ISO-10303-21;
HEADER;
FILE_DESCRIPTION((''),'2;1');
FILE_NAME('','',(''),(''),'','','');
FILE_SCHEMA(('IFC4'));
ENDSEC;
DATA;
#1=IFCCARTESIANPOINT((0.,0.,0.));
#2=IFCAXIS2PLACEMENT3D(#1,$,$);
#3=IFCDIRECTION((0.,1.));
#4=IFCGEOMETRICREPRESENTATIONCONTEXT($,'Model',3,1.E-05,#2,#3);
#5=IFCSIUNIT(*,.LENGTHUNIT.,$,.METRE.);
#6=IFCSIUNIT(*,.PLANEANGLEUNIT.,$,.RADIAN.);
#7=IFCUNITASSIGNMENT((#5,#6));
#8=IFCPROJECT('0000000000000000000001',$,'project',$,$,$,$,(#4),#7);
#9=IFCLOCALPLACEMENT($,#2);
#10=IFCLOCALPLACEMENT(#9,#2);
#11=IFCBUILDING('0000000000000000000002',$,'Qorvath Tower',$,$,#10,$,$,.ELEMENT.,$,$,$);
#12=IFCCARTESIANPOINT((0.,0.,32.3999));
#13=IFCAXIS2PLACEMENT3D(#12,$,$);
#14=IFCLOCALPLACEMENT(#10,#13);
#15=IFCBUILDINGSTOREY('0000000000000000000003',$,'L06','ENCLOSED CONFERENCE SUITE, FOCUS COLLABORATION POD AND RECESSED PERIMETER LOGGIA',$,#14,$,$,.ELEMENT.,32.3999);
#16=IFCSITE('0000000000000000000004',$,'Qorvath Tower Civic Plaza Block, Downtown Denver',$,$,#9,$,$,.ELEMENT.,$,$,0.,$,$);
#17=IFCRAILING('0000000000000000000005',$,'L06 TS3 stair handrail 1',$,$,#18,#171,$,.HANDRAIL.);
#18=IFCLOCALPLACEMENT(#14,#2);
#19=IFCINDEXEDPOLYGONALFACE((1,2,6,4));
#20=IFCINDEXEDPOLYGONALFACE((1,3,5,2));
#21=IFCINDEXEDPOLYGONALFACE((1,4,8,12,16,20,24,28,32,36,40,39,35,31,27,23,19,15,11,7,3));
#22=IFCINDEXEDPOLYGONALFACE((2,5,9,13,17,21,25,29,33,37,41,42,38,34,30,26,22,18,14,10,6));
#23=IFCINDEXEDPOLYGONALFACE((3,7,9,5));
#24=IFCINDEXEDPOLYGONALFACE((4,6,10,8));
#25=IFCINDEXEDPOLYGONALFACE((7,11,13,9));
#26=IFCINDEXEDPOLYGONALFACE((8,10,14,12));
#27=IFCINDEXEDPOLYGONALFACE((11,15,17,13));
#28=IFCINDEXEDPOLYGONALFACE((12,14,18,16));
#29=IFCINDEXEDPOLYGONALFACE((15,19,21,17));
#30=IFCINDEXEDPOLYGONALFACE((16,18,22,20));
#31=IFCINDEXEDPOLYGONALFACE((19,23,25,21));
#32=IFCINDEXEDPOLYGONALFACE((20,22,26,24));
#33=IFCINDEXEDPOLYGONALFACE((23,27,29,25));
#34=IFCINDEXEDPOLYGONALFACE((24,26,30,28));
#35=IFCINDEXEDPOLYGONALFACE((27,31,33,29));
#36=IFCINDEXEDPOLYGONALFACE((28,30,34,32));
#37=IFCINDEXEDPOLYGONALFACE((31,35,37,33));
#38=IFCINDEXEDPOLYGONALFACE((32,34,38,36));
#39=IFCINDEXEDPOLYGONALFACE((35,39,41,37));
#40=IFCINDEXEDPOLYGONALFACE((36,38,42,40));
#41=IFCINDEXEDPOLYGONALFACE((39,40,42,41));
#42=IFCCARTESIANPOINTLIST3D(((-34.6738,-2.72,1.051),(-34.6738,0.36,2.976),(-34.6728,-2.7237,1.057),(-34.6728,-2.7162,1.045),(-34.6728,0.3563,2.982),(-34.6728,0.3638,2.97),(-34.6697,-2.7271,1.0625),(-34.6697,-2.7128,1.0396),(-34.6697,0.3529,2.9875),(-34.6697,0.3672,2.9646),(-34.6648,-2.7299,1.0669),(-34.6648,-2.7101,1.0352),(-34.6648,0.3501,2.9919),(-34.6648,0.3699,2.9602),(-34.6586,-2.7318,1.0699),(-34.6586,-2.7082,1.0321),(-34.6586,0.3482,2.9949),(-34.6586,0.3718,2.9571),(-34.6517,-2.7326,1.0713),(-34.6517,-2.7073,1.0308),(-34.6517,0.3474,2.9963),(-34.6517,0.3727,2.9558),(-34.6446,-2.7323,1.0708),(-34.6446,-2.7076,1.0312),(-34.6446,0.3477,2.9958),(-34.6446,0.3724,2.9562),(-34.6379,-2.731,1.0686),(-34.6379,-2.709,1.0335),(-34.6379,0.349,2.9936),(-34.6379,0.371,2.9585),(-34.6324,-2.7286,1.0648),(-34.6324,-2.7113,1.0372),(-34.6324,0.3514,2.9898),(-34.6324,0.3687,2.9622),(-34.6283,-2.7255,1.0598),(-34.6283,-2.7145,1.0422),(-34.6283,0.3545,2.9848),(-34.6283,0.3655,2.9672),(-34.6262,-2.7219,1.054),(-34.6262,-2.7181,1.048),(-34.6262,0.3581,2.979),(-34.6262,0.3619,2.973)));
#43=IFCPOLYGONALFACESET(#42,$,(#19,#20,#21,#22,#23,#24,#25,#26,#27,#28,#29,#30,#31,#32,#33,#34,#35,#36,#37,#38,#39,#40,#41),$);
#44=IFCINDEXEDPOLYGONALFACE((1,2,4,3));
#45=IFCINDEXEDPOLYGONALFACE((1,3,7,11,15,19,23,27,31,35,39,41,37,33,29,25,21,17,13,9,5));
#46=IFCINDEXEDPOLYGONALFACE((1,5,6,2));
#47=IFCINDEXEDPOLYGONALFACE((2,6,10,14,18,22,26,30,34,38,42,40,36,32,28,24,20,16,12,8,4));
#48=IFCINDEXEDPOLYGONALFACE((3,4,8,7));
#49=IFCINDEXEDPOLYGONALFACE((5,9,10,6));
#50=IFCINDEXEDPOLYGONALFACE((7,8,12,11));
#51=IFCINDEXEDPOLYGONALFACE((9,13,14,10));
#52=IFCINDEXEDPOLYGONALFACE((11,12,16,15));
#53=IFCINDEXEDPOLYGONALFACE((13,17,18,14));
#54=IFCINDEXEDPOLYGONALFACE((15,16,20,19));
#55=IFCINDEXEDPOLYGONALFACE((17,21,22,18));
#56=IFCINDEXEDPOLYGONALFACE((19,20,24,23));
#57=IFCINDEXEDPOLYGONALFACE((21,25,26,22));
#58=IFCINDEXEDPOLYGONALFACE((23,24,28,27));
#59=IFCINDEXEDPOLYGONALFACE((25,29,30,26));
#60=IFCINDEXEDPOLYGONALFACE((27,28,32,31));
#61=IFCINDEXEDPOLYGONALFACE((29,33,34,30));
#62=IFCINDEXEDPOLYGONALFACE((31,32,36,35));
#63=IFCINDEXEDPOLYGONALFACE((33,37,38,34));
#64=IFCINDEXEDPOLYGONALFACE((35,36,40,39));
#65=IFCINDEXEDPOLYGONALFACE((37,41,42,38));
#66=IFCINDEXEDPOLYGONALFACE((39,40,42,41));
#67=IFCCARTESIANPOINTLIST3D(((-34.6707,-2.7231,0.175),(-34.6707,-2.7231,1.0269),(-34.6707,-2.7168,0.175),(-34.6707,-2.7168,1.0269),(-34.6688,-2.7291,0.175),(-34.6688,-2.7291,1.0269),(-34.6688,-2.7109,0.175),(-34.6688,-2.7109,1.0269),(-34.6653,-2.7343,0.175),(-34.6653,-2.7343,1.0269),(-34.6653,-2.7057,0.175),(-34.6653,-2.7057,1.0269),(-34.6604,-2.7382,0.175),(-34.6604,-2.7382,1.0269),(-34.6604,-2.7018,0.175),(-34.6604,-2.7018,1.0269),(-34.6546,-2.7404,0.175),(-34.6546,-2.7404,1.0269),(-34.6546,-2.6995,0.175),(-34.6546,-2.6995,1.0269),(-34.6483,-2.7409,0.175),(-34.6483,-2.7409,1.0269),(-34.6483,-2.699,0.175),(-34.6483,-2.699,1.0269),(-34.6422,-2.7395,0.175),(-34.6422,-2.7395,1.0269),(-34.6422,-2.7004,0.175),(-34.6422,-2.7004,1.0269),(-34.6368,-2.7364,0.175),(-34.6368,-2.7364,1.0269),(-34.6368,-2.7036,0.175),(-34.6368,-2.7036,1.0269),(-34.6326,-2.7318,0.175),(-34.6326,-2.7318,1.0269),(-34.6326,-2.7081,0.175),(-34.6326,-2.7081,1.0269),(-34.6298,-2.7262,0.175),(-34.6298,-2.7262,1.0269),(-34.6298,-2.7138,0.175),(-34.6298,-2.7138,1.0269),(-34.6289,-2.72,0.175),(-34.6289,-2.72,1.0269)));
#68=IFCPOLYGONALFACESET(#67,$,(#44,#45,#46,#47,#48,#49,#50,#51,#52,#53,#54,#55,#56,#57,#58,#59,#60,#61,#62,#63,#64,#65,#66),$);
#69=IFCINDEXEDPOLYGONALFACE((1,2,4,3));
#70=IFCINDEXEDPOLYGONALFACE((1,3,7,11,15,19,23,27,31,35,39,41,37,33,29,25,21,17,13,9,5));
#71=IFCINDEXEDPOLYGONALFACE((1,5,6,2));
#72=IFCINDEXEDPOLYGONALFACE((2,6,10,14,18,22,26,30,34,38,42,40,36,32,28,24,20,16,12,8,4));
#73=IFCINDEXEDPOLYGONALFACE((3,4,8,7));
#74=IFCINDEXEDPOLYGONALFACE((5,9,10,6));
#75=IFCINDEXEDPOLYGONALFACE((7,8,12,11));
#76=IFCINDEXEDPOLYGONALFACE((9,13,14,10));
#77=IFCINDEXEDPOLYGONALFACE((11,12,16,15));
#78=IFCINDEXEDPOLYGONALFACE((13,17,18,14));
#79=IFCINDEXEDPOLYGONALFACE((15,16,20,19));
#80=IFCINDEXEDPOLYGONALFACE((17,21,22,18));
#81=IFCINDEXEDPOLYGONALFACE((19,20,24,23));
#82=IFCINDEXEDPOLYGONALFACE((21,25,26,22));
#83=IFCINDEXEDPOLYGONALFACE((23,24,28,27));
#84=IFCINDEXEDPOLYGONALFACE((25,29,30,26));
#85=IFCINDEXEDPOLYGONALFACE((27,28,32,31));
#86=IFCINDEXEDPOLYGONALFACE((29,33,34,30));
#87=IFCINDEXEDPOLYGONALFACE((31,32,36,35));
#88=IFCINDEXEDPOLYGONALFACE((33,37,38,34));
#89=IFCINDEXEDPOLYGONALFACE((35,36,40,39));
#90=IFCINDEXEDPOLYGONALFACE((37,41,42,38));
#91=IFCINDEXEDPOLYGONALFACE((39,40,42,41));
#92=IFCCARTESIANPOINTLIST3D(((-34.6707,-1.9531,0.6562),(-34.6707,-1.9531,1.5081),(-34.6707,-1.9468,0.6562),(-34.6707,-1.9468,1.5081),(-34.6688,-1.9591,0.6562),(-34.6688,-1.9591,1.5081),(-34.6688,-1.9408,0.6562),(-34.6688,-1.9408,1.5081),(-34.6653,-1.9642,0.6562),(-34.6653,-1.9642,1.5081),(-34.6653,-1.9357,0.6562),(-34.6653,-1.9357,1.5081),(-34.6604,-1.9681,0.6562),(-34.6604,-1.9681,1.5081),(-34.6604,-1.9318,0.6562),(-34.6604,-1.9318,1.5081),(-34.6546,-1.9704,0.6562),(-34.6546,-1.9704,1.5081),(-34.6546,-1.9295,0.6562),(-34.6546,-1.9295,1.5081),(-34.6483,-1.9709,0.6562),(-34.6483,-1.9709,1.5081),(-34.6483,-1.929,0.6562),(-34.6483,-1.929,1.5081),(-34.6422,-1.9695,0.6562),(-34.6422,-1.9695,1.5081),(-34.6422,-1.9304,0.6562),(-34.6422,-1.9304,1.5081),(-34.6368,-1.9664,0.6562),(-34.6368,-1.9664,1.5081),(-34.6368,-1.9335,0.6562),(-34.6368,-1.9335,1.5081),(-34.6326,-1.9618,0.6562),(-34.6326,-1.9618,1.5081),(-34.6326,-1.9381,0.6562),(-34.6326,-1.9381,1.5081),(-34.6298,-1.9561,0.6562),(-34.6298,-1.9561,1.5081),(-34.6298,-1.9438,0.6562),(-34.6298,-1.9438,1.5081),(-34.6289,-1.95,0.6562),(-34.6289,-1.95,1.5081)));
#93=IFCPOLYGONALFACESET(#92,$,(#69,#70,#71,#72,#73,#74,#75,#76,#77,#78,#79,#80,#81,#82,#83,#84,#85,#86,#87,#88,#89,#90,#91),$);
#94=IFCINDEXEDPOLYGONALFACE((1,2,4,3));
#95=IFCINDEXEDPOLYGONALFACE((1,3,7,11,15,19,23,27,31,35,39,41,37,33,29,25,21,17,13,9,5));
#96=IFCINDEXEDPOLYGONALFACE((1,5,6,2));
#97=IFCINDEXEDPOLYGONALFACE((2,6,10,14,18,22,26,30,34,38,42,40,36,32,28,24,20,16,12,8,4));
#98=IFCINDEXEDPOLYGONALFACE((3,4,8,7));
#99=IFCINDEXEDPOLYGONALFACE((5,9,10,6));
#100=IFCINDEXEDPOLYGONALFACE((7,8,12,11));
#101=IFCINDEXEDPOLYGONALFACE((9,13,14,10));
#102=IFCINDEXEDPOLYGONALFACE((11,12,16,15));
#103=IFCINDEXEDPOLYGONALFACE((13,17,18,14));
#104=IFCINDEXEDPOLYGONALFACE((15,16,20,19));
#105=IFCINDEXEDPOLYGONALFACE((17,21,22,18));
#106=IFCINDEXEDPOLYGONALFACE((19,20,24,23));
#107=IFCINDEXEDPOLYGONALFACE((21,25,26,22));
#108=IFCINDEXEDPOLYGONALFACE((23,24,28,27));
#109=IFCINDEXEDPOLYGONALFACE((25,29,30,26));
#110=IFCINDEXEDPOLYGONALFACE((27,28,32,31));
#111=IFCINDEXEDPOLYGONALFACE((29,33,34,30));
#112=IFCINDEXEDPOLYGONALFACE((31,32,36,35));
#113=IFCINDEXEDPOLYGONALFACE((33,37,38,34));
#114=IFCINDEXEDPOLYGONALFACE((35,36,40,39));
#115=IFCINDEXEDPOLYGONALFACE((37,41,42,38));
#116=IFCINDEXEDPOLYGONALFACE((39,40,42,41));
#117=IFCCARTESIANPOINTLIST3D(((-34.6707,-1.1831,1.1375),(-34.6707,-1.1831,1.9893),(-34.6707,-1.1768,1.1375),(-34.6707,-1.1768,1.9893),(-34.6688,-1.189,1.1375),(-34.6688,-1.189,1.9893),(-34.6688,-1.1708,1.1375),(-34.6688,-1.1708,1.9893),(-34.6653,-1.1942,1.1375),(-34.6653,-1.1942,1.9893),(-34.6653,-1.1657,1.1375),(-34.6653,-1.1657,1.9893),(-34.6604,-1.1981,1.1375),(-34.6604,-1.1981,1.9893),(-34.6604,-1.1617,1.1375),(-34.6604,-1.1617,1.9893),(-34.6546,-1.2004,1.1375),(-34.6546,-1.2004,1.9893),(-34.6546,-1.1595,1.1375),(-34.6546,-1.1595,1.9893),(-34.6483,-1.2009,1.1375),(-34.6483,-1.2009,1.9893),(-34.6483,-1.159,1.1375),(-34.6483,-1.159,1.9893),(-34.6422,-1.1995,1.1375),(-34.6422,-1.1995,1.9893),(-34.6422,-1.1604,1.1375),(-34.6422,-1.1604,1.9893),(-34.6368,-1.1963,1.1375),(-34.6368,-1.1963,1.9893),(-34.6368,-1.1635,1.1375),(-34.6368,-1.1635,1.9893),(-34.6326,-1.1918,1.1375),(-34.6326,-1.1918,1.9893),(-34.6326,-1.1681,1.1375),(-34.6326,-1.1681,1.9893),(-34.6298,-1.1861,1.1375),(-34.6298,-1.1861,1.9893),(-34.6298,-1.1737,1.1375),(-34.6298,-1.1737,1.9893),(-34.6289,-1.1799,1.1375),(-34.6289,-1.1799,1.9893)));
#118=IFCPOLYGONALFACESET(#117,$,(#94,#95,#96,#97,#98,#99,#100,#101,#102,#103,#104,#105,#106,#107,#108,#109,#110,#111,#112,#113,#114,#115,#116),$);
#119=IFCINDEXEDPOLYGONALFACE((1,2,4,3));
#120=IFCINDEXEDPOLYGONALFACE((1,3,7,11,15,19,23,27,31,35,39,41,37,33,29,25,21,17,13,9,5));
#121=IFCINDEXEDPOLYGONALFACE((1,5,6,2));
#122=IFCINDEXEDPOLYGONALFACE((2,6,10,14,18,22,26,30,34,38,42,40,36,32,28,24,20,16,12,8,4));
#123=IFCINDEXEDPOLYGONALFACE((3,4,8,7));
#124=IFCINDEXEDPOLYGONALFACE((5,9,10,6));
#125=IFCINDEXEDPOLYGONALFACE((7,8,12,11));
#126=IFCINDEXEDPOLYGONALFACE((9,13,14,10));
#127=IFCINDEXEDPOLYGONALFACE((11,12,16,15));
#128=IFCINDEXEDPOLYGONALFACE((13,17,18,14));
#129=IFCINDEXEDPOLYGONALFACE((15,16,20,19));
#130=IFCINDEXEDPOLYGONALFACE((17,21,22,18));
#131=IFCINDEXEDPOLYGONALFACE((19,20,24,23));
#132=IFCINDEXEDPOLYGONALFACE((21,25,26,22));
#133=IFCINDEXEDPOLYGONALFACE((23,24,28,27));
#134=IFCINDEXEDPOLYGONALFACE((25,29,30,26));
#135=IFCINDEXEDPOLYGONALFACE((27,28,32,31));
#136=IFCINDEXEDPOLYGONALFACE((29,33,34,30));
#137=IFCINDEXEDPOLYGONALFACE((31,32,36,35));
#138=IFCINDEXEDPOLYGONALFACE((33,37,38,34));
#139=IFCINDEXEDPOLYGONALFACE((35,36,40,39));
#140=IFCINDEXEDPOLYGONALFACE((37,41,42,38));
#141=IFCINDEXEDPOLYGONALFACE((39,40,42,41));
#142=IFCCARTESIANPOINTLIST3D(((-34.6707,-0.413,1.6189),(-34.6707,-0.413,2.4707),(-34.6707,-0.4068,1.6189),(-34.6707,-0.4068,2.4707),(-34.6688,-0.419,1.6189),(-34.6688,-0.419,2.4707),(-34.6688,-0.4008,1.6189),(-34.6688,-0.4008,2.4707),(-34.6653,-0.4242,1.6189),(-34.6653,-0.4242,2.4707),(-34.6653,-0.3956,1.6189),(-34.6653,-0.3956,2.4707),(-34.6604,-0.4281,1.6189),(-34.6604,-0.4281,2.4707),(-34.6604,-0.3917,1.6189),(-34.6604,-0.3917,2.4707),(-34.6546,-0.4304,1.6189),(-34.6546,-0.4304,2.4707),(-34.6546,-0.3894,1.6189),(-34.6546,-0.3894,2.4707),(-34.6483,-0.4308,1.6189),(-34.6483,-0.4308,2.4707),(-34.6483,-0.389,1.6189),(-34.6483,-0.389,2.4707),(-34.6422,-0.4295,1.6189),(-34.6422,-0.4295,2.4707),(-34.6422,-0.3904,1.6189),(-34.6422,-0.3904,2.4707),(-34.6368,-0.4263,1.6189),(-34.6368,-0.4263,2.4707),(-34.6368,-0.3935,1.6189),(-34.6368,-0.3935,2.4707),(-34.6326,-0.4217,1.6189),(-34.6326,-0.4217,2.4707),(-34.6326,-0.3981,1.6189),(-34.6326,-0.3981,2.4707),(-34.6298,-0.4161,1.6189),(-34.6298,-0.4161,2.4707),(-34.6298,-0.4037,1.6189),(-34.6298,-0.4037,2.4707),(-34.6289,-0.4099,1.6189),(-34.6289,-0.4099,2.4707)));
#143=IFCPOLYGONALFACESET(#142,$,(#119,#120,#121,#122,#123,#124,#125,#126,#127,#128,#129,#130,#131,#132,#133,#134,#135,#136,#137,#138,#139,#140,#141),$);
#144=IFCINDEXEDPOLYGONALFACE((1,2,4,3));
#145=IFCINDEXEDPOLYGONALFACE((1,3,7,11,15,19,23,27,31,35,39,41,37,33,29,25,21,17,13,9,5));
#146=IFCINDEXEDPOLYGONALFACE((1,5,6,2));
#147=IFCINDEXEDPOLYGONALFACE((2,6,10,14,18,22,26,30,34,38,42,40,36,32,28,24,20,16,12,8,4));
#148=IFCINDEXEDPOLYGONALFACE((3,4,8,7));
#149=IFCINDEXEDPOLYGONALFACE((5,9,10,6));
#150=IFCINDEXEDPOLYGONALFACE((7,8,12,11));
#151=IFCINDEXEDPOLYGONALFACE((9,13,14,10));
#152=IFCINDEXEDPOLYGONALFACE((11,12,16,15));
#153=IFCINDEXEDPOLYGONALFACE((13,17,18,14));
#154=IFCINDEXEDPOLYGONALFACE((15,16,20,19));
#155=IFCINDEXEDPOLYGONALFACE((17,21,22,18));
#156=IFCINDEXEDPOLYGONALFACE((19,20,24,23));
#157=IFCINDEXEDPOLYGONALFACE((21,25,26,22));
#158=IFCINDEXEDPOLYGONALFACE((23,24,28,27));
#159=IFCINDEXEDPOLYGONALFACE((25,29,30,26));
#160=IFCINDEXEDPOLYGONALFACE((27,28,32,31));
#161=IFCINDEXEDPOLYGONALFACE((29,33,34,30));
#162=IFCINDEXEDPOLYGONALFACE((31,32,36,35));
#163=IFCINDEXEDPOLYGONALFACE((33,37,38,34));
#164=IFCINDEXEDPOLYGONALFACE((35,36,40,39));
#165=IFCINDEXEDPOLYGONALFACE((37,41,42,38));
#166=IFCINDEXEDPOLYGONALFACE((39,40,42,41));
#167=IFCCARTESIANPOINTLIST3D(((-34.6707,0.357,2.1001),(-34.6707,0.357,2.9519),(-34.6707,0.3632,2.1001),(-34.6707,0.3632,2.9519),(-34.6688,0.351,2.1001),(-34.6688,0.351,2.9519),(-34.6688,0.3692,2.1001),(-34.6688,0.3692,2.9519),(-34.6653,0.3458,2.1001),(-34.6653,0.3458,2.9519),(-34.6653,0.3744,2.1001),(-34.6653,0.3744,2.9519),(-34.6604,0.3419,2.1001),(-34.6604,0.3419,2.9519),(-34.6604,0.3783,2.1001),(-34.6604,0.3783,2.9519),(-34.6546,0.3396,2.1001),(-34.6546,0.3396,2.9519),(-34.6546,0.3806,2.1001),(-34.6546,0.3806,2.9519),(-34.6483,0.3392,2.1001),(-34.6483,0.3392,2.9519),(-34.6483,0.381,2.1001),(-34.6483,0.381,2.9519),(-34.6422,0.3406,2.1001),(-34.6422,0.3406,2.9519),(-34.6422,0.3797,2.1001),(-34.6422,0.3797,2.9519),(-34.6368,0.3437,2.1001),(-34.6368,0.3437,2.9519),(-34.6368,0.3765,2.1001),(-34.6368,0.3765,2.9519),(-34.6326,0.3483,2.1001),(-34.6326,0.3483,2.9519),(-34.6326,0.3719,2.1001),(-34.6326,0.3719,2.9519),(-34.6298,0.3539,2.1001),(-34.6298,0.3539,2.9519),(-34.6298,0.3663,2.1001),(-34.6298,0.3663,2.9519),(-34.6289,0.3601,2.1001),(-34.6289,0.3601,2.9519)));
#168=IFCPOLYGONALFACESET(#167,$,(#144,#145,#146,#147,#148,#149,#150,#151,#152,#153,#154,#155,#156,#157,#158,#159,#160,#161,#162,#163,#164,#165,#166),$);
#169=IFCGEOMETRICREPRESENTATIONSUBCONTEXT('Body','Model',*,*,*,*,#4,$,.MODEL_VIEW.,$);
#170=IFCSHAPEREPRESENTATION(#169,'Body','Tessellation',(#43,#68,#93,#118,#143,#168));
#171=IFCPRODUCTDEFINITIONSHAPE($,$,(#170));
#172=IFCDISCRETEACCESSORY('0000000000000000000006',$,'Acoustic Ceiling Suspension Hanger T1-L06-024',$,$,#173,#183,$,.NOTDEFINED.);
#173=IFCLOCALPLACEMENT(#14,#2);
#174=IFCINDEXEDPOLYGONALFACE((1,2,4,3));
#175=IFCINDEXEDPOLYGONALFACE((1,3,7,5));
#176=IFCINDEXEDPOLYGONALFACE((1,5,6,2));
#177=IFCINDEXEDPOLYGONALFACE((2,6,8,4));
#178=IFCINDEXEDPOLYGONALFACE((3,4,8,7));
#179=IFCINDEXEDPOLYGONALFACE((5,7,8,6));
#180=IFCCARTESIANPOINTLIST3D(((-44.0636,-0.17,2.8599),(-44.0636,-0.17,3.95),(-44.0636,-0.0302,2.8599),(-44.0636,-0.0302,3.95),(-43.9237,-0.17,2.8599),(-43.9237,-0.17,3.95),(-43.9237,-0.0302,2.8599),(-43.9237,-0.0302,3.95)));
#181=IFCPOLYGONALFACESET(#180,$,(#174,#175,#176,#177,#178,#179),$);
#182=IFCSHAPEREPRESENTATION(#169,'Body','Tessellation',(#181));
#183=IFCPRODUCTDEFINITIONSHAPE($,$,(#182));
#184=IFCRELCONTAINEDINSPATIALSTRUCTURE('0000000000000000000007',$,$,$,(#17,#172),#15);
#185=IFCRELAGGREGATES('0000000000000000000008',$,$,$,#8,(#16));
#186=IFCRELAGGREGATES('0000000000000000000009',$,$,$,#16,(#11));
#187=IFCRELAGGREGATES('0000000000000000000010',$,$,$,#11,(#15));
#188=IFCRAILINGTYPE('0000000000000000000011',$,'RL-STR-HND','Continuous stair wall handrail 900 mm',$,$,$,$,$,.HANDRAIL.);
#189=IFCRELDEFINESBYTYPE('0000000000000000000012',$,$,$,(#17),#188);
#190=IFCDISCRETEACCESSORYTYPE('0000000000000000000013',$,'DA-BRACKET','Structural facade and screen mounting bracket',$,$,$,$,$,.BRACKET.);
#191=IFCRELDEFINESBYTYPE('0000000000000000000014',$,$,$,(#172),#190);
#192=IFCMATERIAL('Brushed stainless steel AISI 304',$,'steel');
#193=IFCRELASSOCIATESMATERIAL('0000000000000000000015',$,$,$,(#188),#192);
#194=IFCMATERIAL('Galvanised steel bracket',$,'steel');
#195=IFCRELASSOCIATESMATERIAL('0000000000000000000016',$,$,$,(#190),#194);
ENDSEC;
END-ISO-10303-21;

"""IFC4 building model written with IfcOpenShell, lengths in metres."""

from ifc_helpers import new_model, si_unit, direction, frame, origin, origin_2d, place, context, subcontext, project, spatial, rectangle, circle, extrude, material, type_object, element, save


model = new_model("IFC4")

# Units and contexts
model_context = context("Model", 3, precision=1e-05, world=origin(), true_north=direction((0.0, 1.0)))
body_context = subcontext(model_context, "Body", "Model", "MODEL_VIEW")
ifc_project = project(units=[si_unit("LENGTHUNIT", "METRE"), si_unit("PLANEANGLEUNIT", "RADIAN")], contexts=[model_context])

# Site, building, storey
site_placement = place(None, origin())
site = spatial("IfcSite", under=ifc_project, at=site_placement, Name="Qorvath Tower Civic Plaza Block, Downtown Denver", CompositionType="ELEMENT", RefElevation=0.0)
building_placement = place(site_placement, origin())
building = spatial("IfcBuilding", under=site, at=building_placement, Name="Qorvath Tower", CompositionType="ELEMENT")
storey_placement = place(building_placement, frame((0.0, 0.0, 32.3999)))
storey = spatial("IfcBuildingStorey", under=building, at=storey_placement, Name="L06", Description="ENCLOSED CONFERENCE SUITE, FOCUS COLLABORATION POD AND RECESSED PERIMETER LOGGIA", CompositionType="ELEMENT", Elevation=32.3999)

# Railing
ifc_material_1 = material(Name="Brushed stainless steel AISI 304", Category="steel")
railing_type_1 = type_object("IfcRailingType", Name="RL-STR-HND", Description="Continuous stair wall handrail 900 mm", PredefinedType="HANDRAIL", material=ifc_material_1)
railing_1_placement = place(storey_placement, frame((-34.6499, -2.72, 0.175)))
element("IfcRailing", 1, at=railing_1_placement, inside=storey, type_object=railing_type_1, Name="L06 TS3 stair handrail 1", PredefinedType="HANDRAIL", context=body_context, shape_type="SweptSolid", body=[
    extrude(circle(Radius=0.0239, at=origin_2d()), frame((0.0, 0.0, 0.876), z_axis=(0.0, 0.847998, 0.529999), x_axis=(-1.0, 0.0, 0.0)), (0.0, 0.0, 1.0), 3.6321),
    extrude(circle(Radius=0.021, at=origin_2d()), origin(), (0.0, 0.0, 1.0), 0.8518),
    extrude(circle(Radius=0.021, at=origin_2d()), frame((0.0, 0.77, 0.4812)), (0.0, 0.0, 1.0), 0.8518),
    extrude(circle(Radius=0.021, at=origin_2d()), frame((0.0, 1.54, 0.9624)), (0.0, 0.0, 1.0), 0.8518),
    extrude(circle(Radius=0.021, at=origin_2d()), frame((0.0, 2.3101, 1.4438)), (0.0, 0.0, 1.0), 0.8518),
    extrude(circle(Radius=0.021, at=origin_2d()), frame((0.0, 3.0801, 1.925)), (0.0, 0.0, 1.0), 0.8518),
])

# Discrete accessory
ifc_material_2 = material(Name="Galvanised steel bracket", Category="steel")
discrete_accessory_type = type_object("IfcDiscreteAccessoryType", Name="DA-BRACKET", Description="Structural facade and screen mounting bracket", PredefinedType="BRACKET", material=ifc_material_2)
discrete_accessory_placement = place(storey_placement, frame((-43.9937, -0.1001, 2.8599), z_axis=(0.0, 0.0, 1.0), x_axis=(1.0, 0.0, 0.0)))
element("IfcDiscreteAccessory", 2, at=discrete_accessory_placement, inside=storey, type_object=discrete_accessory_type, Name="Acoustic Ceiling Suspension Hanger T1-L06-024", PredefinedType="NOTDEFINED", context=body_context, shape_type="SweptSolid", body=[
    extrude(rectangle(XDim=0.1399, YDim=0.1399, at=origin_2d()), origin(), (0.0, 0.0, 1.0), 1.0901),
])

save(model, "model.ifc")
